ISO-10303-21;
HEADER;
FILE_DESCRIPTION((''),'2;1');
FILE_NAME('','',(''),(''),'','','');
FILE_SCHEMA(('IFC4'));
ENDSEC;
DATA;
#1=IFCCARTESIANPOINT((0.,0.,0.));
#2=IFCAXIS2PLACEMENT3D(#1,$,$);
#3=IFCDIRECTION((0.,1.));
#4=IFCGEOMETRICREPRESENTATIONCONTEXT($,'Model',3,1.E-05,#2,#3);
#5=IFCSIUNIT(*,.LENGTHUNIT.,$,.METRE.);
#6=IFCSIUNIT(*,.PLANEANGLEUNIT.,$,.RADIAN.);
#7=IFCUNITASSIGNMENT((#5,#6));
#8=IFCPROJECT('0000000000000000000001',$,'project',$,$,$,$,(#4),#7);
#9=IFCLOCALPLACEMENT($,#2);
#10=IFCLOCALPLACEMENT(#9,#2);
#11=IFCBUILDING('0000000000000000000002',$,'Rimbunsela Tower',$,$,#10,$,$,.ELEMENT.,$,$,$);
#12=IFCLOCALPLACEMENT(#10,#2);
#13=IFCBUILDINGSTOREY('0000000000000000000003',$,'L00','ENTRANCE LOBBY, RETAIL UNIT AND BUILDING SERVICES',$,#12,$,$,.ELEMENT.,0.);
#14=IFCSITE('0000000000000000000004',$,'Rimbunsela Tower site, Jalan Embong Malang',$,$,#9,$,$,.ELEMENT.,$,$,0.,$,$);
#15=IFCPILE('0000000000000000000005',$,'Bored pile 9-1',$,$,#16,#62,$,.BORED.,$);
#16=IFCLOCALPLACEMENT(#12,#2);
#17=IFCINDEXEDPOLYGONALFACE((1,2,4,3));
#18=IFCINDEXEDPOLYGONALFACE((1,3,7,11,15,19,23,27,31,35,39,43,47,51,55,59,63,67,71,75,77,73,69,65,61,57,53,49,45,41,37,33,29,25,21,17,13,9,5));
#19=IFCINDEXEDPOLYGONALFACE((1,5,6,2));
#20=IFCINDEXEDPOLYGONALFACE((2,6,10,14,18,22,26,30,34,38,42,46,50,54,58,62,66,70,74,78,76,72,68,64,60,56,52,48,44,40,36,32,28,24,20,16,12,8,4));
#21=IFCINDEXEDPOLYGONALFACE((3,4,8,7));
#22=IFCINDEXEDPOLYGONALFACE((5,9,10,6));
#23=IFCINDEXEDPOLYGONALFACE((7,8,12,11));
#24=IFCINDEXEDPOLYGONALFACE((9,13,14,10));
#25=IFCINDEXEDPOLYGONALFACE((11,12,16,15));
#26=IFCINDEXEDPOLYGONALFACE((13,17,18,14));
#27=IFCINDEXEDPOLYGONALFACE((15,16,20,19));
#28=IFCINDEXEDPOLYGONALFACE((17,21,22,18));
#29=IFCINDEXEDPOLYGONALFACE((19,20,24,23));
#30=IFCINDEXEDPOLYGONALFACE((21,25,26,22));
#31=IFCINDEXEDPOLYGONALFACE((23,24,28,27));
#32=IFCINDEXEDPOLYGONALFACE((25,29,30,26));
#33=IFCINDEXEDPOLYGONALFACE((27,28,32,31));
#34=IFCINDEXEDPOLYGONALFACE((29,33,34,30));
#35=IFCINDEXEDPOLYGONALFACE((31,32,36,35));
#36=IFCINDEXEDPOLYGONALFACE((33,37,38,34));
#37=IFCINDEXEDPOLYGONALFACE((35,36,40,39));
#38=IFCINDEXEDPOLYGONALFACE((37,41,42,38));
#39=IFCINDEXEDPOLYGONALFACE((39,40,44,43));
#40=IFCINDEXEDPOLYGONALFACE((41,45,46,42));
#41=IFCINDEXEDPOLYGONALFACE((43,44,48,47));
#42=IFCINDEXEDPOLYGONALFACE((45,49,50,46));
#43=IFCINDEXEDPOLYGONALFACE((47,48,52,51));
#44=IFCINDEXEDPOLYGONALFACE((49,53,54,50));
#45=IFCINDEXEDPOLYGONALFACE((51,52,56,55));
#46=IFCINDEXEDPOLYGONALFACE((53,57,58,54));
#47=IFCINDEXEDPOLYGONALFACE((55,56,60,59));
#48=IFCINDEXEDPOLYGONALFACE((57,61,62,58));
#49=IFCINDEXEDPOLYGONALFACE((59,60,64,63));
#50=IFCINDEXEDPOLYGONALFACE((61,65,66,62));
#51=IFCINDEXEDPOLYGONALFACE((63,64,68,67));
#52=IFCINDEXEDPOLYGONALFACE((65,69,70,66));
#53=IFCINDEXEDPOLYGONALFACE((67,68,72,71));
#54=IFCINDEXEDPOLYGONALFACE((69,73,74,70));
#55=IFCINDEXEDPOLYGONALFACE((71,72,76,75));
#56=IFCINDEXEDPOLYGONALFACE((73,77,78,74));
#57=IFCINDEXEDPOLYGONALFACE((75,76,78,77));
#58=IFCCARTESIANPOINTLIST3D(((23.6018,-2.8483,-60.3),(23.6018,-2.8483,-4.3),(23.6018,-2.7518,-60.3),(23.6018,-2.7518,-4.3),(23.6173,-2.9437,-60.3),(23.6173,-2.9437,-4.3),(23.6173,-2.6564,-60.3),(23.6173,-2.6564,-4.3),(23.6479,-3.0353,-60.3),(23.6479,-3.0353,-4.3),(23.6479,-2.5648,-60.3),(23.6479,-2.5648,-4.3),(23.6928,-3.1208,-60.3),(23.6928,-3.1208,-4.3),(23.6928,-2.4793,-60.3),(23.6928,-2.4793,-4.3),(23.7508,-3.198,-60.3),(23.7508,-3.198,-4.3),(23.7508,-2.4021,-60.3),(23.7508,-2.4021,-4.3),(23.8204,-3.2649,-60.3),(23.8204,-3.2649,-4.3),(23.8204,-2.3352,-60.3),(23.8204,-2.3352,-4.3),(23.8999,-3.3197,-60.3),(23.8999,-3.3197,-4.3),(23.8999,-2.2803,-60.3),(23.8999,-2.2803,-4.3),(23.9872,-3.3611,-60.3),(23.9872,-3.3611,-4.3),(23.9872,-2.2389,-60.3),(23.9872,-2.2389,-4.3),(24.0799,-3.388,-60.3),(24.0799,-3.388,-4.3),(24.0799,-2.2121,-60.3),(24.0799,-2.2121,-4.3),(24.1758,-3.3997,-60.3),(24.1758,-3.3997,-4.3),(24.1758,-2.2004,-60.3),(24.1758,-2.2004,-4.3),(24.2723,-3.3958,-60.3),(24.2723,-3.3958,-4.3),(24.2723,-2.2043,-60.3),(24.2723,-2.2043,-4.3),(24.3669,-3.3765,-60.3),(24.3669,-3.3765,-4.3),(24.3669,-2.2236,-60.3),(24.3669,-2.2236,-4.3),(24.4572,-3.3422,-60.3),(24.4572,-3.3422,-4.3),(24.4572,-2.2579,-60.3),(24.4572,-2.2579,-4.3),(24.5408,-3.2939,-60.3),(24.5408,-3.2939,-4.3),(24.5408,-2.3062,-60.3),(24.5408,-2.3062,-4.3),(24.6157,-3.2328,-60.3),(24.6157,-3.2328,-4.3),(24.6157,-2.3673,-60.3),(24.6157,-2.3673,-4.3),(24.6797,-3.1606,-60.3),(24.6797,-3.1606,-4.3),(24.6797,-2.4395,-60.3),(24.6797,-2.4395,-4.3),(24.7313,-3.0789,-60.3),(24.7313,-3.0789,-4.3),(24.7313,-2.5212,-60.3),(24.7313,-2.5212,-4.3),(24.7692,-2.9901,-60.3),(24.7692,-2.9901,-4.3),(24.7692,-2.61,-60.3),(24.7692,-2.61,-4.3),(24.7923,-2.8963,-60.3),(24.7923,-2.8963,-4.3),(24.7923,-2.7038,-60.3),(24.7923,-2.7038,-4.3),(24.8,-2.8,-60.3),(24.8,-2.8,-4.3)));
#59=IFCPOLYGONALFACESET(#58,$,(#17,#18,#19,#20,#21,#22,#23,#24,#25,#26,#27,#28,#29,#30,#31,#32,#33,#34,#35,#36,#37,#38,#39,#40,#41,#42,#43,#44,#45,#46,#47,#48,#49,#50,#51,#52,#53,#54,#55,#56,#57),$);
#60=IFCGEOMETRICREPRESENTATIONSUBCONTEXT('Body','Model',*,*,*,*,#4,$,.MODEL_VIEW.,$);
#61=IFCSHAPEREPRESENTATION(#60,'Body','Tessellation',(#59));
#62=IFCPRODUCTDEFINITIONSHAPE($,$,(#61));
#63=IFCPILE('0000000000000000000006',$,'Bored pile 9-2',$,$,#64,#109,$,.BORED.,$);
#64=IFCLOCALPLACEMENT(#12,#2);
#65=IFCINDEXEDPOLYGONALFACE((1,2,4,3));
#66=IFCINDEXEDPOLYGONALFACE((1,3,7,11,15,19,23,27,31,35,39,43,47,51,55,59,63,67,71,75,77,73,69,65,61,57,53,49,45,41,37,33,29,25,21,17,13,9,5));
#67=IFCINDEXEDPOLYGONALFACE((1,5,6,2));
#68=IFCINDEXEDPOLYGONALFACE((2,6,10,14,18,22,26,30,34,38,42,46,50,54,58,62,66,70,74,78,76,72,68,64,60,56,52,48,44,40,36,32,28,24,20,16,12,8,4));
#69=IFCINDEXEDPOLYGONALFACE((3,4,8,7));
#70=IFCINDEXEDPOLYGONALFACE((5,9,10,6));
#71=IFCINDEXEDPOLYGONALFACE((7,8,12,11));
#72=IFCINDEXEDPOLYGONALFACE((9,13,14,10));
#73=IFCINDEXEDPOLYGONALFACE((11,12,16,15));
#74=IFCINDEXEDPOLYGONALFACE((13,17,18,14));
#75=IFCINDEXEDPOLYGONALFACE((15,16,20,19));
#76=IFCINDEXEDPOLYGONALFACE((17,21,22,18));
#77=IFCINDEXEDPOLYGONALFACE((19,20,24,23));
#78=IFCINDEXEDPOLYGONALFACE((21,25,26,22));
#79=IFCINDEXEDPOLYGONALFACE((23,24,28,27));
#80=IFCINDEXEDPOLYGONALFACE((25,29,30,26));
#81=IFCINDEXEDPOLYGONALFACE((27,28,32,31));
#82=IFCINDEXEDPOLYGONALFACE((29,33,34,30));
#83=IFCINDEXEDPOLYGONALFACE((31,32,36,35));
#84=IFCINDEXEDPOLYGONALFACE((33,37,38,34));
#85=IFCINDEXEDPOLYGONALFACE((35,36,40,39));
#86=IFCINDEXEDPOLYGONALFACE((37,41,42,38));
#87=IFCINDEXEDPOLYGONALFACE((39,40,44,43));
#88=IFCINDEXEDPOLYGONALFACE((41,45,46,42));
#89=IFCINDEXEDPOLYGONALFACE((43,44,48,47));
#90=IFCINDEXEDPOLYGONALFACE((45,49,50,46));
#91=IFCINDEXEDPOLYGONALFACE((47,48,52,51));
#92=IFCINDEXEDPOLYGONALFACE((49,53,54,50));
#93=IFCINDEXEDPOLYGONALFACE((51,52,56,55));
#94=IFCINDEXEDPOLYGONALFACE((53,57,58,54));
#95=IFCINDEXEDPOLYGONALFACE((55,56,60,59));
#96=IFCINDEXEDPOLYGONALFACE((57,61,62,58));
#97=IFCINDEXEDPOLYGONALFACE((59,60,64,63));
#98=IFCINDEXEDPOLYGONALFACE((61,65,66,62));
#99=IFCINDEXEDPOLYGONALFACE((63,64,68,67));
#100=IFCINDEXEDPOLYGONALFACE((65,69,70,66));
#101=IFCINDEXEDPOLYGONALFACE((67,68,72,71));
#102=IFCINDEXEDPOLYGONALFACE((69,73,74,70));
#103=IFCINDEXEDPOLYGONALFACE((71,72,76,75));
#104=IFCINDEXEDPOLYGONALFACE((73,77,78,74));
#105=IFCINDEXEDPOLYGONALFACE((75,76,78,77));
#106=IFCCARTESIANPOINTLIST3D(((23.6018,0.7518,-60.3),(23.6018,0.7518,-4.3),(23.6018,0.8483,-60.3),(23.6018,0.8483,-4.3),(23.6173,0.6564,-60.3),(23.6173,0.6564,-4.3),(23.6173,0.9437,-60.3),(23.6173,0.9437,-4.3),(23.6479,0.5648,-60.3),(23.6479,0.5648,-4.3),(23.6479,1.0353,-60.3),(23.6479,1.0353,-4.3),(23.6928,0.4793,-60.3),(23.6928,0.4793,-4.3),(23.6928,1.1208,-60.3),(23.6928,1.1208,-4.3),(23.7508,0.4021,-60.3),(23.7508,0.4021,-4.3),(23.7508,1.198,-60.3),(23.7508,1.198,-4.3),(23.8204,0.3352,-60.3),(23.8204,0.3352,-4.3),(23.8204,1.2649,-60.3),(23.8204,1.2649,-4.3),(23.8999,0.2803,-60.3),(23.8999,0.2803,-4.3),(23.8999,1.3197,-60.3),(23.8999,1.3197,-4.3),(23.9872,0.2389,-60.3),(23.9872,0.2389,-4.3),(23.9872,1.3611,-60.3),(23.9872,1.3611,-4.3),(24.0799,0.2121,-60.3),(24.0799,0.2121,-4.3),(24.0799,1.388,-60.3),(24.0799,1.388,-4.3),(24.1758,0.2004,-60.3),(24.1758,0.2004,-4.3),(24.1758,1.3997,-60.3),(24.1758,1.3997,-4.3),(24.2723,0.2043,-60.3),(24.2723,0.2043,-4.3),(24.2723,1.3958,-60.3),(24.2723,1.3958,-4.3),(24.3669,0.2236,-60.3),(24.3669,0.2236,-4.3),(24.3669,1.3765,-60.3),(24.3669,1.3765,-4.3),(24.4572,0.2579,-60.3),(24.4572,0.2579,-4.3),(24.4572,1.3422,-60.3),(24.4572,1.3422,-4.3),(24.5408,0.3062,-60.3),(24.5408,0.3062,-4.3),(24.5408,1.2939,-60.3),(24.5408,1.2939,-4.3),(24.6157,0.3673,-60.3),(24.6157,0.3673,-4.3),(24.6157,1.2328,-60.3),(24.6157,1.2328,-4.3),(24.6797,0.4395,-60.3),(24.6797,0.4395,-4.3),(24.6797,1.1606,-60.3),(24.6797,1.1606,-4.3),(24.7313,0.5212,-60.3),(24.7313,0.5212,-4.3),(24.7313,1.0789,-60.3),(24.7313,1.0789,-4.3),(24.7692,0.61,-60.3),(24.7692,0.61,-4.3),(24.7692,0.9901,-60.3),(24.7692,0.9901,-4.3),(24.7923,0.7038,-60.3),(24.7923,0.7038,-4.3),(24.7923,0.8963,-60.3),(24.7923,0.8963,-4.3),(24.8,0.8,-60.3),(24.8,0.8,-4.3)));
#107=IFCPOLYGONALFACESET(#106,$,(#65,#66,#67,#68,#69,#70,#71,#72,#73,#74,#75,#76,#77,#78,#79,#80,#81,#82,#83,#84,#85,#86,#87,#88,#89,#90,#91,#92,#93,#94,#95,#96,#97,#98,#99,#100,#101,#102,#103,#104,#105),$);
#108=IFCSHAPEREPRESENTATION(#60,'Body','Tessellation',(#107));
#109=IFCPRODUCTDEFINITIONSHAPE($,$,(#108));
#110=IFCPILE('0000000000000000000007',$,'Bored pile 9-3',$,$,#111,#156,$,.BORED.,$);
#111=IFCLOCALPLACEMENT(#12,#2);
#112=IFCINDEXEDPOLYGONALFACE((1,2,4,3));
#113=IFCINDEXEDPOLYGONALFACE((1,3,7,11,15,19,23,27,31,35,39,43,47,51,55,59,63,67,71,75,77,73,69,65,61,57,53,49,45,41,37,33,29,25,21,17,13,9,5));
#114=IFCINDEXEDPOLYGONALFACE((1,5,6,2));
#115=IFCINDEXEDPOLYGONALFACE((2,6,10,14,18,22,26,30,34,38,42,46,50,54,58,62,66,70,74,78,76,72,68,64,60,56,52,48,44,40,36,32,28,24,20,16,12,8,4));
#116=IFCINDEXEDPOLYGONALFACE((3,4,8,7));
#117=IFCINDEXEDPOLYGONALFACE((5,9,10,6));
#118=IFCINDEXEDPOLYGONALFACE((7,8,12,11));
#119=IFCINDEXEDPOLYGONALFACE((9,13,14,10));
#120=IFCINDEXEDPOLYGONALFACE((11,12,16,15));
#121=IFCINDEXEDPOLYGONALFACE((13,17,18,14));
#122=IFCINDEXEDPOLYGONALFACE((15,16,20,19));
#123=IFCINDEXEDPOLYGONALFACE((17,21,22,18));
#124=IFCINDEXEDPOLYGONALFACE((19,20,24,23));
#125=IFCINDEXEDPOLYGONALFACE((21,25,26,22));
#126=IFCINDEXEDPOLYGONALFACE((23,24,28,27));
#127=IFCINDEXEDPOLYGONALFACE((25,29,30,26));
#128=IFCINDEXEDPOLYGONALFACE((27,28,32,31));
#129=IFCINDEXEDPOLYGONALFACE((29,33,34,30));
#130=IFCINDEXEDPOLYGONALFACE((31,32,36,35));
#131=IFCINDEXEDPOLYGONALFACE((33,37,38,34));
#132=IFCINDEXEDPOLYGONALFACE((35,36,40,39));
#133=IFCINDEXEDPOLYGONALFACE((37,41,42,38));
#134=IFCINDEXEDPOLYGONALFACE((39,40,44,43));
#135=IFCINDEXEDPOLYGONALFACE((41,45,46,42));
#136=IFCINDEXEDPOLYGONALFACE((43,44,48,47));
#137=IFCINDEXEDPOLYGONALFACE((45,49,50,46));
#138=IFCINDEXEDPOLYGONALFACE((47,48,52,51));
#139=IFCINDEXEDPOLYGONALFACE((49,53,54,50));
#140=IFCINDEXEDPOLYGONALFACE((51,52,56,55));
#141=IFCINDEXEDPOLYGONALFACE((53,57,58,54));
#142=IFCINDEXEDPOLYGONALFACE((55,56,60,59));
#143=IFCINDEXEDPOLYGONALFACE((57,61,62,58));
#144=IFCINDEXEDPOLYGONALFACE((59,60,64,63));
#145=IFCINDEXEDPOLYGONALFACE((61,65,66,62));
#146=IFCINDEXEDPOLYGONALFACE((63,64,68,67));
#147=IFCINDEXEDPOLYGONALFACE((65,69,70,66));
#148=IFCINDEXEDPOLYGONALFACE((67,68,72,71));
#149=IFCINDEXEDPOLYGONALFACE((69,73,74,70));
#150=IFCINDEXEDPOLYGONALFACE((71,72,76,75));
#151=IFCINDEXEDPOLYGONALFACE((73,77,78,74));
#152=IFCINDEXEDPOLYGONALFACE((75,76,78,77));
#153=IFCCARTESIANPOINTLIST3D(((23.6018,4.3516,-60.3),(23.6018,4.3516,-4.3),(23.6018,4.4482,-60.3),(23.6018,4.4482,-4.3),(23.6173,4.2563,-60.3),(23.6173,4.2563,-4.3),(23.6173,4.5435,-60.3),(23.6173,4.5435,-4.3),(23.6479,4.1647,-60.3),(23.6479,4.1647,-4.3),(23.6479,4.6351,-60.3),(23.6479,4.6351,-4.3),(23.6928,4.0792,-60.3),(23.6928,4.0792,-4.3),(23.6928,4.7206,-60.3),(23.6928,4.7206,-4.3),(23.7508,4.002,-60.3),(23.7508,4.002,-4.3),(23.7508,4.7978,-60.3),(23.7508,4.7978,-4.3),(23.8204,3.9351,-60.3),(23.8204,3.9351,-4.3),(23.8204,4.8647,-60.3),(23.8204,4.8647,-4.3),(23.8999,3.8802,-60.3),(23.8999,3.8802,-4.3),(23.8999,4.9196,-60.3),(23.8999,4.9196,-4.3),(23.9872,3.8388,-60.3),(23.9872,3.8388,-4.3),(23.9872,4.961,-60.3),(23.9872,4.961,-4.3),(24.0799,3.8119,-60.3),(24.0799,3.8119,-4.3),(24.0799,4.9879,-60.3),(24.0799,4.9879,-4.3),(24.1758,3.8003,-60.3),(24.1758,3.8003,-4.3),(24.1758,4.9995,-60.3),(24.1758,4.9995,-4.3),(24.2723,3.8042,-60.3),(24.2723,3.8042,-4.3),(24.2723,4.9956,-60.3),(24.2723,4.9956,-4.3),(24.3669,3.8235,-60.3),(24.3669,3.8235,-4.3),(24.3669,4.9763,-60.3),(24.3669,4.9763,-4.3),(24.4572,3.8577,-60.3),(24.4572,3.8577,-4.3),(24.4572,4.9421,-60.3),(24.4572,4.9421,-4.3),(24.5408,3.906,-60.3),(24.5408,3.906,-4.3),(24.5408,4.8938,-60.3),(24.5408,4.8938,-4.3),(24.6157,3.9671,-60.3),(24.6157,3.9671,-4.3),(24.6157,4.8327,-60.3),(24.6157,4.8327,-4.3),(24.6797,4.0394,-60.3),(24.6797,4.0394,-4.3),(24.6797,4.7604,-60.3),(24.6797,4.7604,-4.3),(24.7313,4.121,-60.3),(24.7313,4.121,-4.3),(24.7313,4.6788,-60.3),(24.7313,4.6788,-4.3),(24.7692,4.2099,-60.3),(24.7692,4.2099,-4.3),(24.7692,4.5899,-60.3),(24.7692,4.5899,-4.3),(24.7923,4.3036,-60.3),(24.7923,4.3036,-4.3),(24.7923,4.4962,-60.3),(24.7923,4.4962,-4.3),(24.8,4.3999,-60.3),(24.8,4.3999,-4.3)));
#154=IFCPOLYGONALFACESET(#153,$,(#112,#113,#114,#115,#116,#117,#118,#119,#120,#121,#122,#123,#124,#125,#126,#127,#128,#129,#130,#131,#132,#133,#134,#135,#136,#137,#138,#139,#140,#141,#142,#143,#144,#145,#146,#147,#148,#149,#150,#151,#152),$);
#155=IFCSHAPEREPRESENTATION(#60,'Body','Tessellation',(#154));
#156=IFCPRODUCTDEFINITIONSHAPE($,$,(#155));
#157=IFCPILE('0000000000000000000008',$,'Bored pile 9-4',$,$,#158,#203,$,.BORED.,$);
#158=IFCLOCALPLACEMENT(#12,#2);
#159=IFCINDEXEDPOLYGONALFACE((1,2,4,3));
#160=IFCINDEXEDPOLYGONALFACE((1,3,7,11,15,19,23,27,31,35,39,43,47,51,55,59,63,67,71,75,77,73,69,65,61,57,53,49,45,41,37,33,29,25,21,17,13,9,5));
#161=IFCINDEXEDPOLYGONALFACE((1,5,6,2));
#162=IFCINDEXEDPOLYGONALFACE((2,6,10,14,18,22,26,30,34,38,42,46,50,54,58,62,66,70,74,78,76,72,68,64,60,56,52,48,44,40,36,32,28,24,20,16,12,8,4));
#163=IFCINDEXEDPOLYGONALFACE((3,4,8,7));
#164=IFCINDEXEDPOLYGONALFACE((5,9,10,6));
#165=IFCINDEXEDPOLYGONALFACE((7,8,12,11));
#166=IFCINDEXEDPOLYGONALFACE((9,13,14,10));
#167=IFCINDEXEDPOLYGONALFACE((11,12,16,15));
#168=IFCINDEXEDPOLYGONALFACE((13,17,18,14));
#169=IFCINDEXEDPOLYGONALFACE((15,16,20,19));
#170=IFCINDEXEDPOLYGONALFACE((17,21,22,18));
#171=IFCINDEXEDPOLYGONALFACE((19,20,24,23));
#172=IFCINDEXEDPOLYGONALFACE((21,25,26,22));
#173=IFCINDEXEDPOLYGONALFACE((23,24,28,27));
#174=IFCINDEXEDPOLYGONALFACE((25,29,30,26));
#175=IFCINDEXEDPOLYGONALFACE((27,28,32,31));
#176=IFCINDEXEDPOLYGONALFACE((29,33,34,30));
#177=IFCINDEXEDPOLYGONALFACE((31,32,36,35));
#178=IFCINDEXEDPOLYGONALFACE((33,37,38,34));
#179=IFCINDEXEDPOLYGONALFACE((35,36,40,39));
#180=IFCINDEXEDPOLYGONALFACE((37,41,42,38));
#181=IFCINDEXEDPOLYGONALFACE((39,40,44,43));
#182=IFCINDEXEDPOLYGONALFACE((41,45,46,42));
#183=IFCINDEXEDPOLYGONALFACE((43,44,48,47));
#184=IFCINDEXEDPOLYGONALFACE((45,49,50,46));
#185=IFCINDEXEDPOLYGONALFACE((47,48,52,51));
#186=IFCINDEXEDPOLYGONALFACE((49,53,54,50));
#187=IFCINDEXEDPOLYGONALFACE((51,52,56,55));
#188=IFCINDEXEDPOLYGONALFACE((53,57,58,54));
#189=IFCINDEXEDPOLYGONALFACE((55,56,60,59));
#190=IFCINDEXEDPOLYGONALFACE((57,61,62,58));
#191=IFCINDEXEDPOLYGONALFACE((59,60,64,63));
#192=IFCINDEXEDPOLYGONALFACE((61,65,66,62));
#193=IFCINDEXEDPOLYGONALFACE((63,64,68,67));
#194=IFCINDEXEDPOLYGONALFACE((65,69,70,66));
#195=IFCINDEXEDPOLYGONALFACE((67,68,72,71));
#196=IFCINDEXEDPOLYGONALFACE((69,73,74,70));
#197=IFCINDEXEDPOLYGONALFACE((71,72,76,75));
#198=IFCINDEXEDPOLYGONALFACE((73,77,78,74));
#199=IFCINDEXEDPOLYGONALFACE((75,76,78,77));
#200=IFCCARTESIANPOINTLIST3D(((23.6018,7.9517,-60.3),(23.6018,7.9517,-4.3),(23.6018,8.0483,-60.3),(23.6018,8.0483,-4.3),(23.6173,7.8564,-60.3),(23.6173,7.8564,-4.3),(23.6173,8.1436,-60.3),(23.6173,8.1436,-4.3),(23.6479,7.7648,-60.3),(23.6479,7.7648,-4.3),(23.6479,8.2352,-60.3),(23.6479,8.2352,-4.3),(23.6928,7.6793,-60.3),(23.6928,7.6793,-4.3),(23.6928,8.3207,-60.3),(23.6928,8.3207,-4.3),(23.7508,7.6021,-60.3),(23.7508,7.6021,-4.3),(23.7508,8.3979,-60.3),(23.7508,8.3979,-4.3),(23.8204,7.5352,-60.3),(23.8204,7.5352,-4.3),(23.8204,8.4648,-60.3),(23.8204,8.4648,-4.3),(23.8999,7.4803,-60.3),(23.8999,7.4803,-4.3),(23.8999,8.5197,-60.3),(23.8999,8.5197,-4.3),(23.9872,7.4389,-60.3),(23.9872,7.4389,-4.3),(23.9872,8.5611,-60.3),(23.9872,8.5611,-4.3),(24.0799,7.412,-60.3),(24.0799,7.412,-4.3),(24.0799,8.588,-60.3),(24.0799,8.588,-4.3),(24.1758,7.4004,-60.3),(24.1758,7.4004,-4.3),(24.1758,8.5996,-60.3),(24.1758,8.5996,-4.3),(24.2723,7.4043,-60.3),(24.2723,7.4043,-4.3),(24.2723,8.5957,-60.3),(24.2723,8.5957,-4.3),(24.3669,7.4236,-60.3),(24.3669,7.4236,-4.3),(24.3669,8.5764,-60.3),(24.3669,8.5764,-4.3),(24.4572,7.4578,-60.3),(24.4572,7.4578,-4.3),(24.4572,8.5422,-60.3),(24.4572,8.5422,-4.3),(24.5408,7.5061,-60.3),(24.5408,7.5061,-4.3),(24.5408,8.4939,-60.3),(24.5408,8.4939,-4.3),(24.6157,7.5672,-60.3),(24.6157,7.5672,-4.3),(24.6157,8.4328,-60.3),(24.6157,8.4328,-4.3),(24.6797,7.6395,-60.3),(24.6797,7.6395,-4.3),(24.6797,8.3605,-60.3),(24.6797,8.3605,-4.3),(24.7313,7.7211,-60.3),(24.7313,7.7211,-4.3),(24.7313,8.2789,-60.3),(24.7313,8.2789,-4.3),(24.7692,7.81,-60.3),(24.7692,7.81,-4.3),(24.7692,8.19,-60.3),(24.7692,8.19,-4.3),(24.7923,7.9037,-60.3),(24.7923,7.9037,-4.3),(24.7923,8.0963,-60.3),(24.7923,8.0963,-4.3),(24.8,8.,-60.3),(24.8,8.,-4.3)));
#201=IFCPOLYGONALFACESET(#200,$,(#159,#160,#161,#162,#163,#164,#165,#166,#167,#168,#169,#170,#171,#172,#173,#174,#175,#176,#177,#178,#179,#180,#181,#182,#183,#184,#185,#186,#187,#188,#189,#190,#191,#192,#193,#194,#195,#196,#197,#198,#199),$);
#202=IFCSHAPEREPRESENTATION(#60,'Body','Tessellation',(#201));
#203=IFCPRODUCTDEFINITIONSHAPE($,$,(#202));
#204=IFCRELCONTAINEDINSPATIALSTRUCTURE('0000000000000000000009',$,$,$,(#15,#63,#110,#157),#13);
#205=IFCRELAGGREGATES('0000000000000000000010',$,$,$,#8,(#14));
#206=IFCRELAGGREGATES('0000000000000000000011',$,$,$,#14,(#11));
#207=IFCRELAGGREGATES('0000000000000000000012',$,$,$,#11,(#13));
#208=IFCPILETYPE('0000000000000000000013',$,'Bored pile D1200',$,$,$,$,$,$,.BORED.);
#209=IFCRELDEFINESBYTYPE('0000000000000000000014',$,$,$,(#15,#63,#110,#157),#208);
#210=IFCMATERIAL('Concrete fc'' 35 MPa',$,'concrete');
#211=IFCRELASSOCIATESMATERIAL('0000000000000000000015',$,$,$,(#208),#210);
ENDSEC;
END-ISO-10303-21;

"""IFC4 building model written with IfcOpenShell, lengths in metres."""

from ifc_helpers import new_model, si_unit, direction, frame, origin, origin_2d, place, context, subcontext, project, spatial, circle, extrude, material, material_profile, profile_set, type_object, element, save


model = new_model("IFC4")

# Units and contexts
model_context = context("Model", 3, precision=1e-05, world=origin(), true_north=direction((0.0, 1.0)))
body_context = subcontext(model_context, "Body", "Model", "MODEL_VIEW")
ifc_project = project(units=[si_unit("LENGTHUNIT", "METRE"), si_unit("PLANEANGLEUNIT", "RADIAN")], contexts=[model_context])

# Site, building, storey
site_placement = place(None, origin())
site = spatial("IfcSite", under=ifc_project, at=site_placement, Name="Rimbunsela Tower site, Jalan Embong Malang", CompositionType="ELEMENT", RefElevation=0.0)
building_placement = place(site_placement, origin())
building = spatial("IfcBuilding", under=site, at=building_placement, Name="Rimbunsela Tower", CompositionType="ELEMENT")
storey_placement = place(building_placement, origin())
storey = spatial("IfcBuildingStorey", under=building, at=storey_placement, Name="L00", Description="ENTRANCE LOBBY, RETAIL UNIT AND BUILDING SERVICES", CompositionType="ELEMENT", Elevation=0.0)

# Piles
ifc_material_1 = material(Name="Concrete fc' 35 MPa", Category="concrete")
ifc_material_profile_1 = material_profile(ifc_material_1, circle(Radius=0.6001, at=origin_2d()), Name="BP D1200")
ifc_profile_set_1 = profile_set([ifc_material_profile_1], Name="Concrete fc' 35 MPa")
pile_type = type_object("IfcPileType", Name="Bored pile D1200", PredefinedType="BORED", material=ifc_profile_set_1)
for number, where, z_axis, x_axis, name in (
    (1, (24.2, -2.8, -4.3), (0.0, 0.0, -1.0), (1.0, 0.0, 0.0), "Bored pile 9-1"),
    (2, (24.2, 0.8, -4.3), (0.0, 0.0, -1.0), (1.0, 0.0, 0.0), "Bored pile 9-2"),
    (3, (24.2, 4.3999, -4.3), (0.0, 0.0, -1.0), (1.0, 0.0, 0.0), "Bored pile 9-3"),
    (4, (24.2, 8.0, -4.3), (0.0, 0.0, -1.0), (1.0, 0.0, 0.0), "Bored pile 9-4"),
):
    element("IfcPile", number, at=place(storey_placement, frame(where, z_axis=z_axis, x_axis=x_axis)), inside=storey, type_object=pile_type, Name=name, PredefinedType="BORED", context=body_context, shape_type="SweptSolid", body=[
        extrude(circle(Radius=0.6001, at=origin_2d()), origin(), (0.0, 0.0, 1.0), 56.0),
    ])

save(model, "model.ifc")
